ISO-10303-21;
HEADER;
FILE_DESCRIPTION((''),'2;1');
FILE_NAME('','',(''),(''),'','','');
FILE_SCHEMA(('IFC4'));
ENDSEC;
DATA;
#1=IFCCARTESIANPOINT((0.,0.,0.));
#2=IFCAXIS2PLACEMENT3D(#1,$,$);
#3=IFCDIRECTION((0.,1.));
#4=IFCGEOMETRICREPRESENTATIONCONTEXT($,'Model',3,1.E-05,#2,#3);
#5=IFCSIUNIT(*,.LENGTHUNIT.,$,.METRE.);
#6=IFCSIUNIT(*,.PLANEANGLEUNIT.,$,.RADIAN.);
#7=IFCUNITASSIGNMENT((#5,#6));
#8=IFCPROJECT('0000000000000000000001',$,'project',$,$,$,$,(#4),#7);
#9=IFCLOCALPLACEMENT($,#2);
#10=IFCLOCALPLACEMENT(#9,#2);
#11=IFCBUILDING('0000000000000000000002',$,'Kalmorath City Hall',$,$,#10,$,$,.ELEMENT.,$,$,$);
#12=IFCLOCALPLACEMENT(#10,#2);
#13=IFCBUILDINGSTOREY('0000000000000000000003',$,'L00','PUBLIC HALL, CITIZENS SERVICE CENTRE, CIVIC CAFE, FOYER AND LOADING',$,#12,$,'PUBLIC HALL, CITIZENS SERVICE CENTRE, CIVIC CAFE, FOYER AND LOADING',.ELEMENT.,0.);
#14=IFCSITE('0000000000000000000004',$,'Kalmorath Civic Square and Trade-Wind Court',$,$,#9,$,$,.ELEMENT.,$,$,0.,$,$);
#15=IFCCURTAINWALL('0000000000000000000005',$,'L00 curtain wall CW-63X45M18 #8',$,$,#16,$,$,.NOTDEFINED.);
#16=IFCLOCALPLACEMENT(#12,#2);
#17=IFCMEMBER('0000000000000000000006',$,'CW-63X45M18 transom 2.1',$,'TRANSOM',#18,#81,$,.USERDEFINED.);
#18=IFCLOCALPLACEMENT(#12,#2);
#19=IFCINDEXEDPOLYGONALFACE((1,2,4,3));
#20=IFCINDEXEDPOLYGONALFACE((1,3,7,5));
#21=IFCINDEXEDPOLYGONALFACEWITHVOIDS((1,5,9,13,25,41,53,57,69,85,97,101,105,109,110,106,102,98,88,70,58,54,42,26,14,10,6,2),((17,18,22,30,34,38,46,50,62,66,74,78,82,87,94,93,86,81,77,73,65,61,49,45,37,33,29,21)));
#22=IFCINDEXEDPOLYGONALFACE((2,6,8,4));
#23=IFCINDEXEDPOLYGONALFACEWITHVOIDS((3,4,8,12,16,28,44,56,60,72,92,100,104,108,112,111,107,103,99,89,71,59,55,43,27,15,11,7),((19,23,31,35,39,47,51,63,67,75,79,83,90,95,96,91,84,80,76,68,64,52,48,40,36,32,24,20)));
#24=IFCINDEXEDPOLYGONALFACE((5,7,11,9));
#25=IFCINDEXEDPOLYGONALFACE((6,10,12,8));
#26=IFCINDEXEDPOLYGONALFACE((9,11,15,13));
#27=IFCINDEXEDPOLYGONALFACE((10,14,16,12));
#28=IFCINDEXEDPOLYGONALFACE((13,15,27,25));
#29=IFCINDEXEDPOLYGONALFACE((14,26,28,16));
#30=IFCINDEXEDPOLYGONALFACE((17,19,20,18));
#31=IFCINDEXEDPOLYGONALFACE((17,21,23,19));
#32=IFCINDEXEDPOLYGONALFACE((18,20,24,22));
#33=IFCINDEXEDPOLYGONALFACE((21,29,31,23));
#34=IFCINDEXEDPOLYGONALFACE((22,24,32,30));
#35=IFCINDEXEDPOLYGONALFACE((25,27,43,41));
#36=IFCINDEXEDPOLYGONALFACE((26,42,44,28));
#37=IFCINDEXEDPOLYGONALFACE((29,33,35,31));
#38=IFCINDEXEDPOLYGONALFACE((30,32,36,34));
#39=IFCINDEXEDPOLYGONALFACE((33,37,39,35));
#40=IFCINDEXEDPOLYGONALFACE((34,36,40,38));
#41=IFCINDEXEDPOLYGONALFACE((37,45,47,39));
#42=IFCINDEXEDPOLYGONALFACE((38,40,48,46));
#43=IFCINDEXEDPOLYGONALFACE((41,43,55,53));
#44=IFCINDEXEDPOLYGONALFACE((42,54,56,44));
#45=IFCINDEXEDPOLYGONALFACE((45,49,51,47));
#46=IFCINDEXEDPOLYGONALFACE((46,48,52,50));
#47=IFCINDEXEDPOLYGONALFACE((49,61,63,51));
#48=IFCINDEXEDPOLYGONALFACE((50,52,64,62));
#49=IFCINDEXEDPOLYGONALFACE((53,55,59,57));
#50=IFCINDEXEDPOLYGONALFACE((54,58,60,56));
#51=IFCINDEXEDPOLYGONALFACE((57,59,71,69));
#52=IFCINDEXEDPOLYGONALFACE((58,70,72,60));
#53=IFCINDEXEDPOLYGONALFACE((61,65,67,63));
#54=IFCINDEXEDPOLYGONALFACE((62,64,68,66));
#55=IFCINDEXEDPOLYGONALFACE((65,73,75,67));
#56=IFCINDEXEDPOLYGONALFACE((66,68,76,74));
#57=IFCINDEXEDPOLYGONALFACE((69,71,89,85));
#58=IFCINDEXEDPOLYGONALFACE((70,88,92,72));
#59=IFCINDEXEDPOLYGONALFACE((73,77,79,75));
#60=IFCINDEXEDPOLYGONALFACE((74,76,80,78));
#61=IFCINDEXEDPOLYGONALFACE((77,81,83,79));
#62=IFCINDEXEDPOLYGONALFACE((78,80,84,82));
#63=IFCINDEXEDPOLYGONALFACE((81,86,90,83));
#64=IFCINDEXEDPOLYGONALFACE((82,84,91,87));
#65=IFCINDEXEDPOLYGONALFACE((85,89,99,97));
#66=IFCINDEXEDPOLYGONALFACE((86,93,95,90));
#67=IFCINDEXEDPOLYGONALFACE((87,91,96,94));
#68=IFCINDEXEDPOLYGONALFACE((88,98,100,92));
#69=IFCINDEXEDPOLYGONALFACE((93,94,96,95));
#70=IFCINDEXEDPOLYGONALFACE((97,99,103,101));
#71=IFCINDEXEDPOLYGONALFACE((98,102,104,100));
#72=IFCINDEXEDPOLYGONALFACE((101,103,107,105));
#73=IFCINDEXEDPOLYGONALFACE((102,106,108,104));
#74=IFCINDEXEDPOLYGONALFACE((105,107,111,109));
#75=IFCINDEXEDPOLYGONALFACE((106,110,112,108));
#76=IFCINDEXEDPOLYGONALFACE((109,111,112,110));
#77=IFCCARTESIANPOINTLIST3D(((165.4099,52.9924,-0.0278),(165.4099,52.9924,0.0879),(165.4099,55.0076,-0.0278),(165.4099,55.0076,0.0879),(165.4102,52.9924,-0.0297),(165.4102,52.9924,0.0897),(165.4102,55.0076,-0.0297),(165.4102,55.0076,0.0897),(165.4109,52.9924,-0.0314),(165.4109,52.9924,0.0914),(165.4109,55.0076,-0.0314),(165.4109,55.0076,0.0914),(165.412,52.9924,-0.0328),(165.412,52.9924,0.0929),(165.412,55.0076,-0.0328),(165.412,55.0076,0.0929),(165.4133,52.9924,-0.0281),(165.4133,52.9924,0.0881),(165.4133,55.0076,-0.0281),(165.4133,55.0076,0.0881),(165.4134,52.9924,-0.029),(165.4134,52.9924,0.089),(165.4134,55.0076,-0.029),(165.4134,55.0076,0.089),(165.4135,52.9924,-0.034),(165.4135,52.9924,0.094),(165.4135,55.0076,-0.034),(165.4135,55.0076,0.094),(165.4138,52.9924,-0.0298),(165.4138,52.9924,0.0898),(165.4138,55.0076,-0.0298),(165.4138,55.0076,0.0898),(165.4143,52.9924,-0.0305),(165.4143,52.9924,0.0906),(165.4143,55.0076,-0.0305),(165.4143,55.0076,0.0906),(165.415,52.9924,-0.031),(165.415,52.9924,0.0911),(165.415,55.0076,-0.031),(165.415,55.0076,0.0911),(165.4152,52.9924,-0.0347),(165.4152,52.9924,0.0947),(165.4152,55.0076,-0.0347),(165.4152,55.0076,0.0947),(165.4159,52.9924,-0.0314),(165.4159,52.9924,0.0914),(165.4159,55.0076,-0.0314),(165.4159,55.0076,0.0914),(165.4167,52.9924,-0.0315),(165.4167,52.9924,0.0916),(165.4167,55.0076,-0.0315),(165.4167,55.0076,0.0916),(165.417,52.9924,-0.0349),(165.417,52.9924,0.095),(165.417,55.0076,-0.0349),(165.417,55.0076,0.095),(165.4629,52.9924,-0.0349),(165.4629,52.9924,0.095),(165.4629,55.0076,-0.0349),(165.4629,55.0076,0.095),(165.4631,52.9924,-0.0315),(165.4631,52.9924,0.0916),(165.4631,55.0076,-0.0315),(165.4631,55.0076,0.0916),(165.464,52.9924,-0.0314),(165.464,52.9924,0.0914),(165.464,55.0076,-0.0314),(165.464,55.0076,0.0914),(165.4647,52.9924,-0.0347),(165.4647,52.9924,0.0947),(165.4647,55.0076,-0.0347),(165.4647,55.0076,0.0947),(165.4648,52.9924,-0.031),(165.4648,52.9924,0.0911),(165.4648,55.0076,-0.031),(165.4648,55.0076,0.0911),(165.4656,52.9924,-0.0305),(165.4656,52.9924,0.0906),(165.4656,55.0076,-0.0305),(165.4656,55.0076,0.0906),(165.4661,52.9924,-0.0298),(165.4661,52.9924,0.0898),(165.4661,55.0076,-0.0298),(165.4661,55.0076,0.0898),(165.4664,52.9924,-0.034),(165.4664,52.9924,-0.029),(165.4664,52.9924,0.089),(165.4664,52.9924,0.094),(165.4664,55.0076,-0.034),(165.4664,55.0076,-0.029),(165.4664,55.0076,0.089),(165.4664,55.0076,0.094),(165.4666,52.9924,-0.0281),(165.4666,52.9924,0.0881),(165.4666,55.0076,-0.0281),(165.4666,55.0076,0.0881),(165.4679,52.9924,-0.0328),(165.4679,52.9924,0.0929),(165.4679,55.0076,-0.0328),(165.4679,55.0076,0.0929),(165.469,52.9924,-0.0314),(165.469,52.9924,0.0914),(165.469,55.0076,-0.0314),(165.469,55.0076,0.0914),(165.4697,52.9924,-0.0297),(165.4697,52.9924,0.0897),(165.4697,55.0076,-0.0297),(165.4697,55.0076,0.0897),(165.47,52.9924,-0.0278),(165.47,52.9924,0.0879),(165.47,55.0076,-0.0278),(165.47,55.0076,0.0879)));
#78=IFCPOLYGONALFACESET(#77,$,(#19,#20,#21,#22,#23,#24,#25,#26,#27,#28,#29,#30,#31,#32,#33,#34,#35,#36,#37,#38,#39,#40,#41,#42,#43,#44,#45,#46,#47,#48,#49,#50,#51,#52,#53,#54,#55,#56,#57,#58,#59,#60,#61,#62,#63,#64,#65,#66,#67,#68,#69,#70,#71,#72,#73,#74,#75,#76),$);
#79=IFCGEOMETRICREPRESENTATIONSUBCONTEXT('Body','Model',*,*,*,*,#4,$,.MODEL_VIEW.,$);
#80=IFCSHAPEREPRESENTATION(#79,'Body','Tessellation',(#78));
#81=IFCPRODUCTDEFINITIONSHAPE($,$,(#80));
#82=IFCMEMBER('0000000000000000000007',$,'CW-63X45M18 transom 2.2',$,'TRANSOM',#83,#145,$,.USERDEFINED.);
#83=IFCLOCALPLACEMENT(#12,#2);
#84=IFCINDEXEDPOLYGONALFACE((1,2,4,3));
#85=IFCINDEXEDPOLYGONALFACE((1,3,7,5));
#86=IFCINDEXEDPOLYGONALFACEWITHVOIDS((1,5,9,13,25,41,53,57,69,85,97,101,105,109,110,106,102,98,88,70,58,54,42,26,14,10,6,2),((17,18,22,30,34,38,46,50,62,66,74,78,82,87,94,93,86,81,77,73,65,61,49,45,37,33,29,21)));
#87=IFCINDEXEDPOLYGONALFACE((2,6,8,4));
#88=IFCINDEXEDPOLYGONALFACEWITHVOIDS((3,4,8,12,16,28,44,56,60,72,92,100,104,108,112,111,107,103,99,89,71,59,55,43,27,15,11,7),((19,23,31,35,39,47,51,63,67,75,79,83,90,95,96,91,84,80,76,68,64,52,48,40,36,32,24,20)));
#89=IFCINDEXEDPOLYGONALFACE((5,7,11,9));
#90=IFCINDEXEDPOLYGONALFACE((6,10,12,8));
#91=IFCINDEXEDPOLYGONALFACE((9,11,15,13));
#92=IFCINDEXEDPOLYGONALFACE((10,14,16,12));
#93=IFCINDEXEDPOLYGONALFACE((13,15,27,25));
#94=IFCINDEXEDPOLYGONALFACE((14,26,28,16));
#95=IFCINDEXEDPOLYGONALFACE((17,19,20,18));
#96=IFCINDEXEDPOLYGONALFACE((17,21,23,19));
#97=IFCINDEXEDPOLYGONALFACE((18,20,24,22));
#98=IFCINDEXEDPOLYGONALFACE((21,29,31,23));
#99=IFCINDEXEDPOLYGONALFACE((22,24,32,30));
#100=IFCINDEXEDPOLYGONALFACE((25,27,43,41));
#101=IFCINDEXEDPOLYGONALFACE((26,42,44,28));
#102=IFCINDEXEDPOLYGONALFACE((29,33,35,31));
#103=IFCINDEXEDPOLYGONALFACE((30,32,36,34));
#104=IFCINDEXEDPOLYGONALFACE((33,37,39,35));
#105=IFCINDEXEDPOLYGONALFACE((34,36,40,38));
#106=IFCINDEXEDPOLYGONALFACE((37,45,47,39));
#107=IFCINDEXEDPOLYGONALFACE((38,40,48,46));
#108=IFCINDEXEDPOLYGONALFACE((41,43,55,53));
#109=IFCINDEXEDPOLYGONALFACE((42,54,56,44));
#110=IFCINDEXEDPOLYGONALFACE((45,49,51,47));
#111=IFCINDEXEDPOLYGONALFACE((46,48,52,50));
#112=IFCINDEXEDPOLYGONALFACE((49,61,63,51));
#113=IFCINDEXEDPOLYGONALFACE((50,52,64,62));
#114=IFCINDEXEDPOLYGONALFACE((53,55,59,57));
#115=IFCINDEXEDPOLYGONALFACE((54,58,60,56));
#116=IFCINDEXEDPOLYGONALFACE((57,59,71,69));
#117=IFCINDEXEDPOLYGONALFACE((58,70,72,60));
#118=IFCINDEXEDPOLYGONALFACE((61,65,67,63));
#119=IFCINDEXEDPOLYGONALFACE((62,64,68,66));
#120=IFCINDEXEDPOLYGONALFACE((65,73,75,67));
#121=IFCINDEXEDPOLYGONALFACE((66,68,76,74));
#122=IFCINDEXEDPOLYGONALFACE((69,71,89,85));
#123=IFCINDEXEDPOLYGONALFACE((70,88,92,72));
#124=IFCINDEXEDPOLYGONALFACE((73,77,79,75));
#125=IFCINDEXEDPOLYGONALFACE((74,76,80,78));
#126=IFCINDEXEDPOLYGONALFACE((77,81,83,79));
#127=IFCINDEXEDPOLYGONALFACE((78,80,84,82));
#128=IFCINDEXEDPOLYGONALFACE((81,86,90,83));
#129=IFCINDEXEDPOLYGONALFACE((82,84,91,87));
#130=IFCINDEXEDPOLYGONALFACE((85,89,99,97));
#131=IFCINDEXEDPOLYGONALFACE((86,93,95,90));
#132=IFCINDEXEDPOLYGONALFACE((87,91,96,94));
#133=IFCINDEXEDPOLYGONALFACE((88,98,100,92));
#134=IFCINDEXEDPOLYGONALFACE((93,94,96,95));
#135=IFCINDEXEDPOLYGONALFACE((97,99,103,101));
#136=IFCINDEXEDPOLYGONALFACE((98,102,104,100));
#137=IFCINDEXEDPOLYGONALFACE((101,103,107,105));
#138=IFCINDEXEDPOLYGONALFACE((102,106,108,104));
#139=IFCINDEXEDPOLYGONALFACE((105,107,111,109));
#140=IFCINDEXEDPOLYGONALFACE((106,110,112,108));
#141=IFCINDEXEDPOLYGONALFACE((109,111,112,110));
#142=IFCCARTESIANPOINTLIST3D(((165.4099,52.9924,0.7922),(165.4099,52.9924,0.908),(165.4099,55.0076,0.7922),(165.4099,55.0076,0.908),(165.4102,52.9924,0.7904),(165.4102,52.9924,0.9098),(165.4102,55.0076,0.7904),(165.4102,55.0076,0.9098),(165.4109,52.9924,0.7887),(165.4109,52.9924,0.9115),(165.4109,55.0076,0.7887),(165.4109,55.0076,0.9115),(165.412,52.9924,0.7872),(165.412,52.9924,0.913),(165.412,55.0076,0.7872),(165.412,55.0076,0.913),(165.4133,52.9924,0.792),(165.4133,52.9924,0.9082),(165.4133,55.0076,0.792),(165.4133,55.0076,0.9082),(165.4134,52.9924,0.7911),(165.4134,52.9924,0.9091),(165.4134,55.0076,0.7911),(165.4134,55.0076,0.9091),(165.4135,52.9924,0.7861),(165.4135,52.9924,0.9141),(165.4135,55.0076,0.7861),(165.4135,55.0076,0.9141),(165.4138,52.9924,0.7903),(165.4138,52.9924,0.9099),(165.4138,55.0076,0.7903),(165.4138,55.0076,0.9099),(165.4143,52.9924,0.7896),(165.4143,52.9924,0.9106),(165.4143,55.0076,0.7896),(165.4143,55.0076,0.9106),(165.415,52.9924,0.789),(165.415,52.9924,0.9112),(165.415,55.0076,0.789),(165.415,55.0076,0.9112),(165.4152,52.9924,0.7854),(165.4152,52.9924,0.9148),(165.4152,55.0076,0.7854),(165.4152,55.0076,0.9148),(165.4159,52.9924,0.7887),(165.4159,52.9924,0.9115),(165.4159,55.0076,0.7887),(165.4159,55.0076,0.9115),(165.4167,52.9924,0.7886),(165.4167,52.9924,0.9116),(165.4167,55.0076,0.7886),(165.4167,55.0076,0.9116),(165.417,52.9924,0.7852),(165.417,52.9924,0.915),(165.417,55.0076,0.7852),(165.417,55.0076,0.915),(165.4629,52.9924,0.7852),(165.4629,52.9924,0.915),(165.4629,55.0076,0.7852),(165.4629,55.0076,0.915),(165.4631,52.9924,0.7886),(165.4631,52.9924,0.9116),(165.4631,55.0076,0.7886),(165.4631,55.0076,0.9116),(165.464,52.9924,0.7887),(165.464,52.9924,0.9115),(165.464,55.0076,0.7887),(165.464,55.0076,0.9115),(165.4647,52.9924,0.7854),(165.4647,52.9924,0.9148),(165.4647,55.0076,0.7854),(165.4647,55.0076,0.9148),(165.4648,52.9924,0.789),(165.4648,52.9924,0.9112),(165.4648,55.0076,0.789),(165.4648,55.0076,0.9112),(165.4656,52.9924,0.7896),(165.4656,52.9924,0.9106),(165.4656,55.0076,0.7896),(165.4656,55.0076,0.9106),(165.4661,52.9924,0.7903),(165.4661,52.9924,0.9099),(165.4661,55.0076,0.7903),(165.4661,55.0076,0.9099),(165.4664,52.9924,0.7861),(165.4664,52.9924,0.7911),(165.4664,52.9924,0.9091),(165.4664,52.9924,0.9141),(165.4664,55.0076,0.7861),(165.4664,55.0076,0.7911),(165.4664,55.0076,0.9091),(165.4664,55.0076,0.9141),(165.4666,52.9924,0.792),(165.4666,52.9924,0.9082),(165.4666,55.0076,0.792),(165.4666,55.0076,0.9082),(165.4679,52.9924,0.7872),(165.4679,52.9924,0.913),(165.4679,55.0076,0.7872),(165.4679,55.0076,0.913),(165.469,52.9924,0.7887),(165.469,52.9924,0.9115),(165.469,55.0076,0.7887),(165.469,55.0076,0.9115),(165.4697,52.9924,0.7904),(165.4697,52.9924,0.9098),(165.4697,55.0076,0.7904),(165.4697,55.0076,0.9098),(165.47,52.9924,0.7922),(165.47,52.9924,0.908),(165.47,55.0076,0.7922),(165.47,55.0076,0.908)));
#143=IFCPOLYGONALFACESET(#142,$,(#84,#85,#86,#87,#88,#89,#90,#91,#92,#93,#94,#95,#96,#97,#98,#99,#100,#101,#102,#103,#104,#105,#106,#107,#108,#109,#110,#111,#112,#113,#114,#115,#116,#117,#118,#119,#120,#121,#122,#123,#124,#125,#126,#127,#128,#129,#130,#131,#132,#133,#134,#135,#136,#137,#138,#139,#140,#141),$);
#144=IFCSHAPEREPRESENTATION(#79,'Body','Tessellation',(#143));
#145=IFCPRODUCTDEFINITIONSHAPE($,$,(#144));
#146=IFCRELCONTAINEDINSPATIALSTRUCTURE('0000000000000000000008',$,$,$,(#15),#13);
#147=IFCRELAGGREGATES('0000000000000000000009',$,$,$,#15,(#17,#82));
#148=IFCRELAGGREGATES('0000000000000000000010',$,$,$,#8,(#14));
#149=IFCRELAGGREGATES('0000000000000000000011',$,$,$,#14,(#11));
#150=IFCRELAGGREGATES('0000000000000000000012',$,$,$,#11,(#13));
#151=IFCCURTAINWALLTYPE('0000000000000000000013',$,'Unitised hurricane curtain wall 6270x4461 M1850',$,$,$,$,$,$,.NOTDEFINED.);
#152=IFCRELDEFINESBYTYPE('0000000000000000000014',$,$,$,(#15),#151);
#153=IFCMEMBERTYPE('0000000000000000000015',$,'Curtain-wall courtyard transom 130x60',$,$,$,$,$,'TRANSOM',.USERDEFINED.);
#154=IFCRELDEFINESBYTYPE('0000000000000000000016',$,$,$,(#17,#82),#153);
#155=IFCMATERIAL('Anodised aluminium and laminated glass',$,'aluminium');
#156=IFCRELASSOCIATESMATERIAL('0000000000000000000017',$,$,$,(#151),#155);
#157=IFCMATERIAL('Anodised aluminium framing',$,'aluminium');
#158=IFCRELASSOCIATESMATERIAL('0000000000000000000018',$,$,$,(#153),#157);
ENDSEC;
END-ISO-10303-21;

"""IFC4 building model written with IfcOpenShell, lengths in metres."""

from ifc_helpers import new_model, si_unit, direction, frame, origin, origin_2d, place, context, subcontext, project, spatial, hollow_rectangle, extrude, material, material_profile, profile_set, type_object, element, aggregate, save


model = new_model("IFC4")

# Units and contexts
model_context = context("Model", 3, precision=1e-05, world=origin(), true_north=direction((0.0, 1.0)))
body_context = subcontext(model_context, "Body", "Model", "MODEL_VIEW")
ifc_project = project(units=[si_unit("LENGTHUNIT", "METRE"), si_unit("PLANEANGLEUNIT", "RADIAN")], contexts=[model_context])

# Site, building, storey
site_placement = place(None, origin())
site = spatial("IfcSite", under=ifc_project, at=site_placement, Name="Kalmorath Civic Square and Trade-Wind Court", CompositionType="ELEMENT", RefElevation=0.0)
building_placement = place(site_placement, origin())
building = spatial("IfcBuilding", under=site, at=building_placement, Name="Kalmorath City Hall", CompositionType="ELEMENT")
storey_placement = place(building_placement, origin())
storey = spatial("IfcBuildingStorey", under=building, at=storey_placement, Name="L00", Description="PUBLIC HALL, CITIZENS SERVICE CENTRE, CIVIC CAFE, FOYER AND LOADING", LongName="PUBLIC HALL, CITIZENS SERVICE CENTRE, CIVIC CAFE, FOYER AND LOADING", CompositionType="ELEMENT", Elevation=0.0)

# Curtain wall, members
ifc_material_1 = material(Name="Anodised aluminium and laminated glass", Category="aluminium")
curtain_wall_type = type_object("IfcCurtainWallType", Name="Unitised hurricane curtain wall 6270x4461 M1850", PredefinedType="NOTDEFINED", material=ifc_material_1)
curtain_wall_placement = place(storey_placement, origin())
curtain_wall = element("IfcCurtainWall", 1, at=curtain_wall_placement, inside=storey, type_object=curtain_wall_type, Name="L00 curtain wall CW-63X45M18 #8", PredefinedType="NOTDEFINED")
ifc_material_2 = material(Name="Anodised aluminium framing", Category="aluminium")
ifc_material_profile_1 = material_profile(ifc_material_2, hollow_rectangle(XDim=0.0601, YDim=0.1299, WallThickness=0.0034, InnerFilletRadius=0.0034, OuterFilletRadius=0.0071, at=origin_2d()), Name="ALU-TRN-130X60X3.5")
ifc_profile_set_1 = profile_set([ifc_material_profile_1], Name="Anodised aluminium framing")
member_type_1 = type_object("IfcMemberType", Name="Curtain-wall courtyard transom 130x60", ElementType="TRANSOM", PredefinedType="USERDEFINED", material=ifc_profile_set_1)
member_1_placement = place(storey_placement, frame((165.4399, 55.0076, 0.03), z_axis=(0.0, -1.0, 0.0), x_axis=(1.0, 0.0, 0.0)))
member_1 = element("IfcMember", 2, at=member_1_placement, type_object=member_type_1, Name="CW-63X45M18 transom 2.1", ObjectType="TRANSOM", PredefinedType="USERDEFINED", context=body_context, shape_type="SweptSolid", body=[
    extrude(hollow_rectangle(XDim=0.0601, YDim=0.1299, WallThickness=0.0034, InnerFilletRadius=0.0034, OuterFilletRadius=0.0071, at=origin_2d()), origin(), (0.0, 0.0, 1.0), 2.0151),
])
member_2_placement = place(storey_placement, frame((165.4399, 55.0076, 0.8501), z_axis=(0.0, -1.0, 0.0), x_axis=(1.0, 0.0, 0.0)))
member_2 = element("IfcMember", 3, at=member_2_placement, type_object=member_type_1, Name="CW-63X45M18 transom 2.2", ObjectType="TRANSOM", PredefinedType="USERDEFINED", context=body_context, shape_type="SweptSolid", body=[
    extrude(hollow_rectangle(XDim=0.0601, YDim=0.1299, WallThickness=0.0034, InnerFilletRadius=0.0034, OuterFilletRadius=0.0071, at=origin_2d()), origin(), (0.0, 0.0, 1.0), 2.0151),
])
aggregate(curtain_wall, [member_1, member_2])

save(model, "model.ifc")
